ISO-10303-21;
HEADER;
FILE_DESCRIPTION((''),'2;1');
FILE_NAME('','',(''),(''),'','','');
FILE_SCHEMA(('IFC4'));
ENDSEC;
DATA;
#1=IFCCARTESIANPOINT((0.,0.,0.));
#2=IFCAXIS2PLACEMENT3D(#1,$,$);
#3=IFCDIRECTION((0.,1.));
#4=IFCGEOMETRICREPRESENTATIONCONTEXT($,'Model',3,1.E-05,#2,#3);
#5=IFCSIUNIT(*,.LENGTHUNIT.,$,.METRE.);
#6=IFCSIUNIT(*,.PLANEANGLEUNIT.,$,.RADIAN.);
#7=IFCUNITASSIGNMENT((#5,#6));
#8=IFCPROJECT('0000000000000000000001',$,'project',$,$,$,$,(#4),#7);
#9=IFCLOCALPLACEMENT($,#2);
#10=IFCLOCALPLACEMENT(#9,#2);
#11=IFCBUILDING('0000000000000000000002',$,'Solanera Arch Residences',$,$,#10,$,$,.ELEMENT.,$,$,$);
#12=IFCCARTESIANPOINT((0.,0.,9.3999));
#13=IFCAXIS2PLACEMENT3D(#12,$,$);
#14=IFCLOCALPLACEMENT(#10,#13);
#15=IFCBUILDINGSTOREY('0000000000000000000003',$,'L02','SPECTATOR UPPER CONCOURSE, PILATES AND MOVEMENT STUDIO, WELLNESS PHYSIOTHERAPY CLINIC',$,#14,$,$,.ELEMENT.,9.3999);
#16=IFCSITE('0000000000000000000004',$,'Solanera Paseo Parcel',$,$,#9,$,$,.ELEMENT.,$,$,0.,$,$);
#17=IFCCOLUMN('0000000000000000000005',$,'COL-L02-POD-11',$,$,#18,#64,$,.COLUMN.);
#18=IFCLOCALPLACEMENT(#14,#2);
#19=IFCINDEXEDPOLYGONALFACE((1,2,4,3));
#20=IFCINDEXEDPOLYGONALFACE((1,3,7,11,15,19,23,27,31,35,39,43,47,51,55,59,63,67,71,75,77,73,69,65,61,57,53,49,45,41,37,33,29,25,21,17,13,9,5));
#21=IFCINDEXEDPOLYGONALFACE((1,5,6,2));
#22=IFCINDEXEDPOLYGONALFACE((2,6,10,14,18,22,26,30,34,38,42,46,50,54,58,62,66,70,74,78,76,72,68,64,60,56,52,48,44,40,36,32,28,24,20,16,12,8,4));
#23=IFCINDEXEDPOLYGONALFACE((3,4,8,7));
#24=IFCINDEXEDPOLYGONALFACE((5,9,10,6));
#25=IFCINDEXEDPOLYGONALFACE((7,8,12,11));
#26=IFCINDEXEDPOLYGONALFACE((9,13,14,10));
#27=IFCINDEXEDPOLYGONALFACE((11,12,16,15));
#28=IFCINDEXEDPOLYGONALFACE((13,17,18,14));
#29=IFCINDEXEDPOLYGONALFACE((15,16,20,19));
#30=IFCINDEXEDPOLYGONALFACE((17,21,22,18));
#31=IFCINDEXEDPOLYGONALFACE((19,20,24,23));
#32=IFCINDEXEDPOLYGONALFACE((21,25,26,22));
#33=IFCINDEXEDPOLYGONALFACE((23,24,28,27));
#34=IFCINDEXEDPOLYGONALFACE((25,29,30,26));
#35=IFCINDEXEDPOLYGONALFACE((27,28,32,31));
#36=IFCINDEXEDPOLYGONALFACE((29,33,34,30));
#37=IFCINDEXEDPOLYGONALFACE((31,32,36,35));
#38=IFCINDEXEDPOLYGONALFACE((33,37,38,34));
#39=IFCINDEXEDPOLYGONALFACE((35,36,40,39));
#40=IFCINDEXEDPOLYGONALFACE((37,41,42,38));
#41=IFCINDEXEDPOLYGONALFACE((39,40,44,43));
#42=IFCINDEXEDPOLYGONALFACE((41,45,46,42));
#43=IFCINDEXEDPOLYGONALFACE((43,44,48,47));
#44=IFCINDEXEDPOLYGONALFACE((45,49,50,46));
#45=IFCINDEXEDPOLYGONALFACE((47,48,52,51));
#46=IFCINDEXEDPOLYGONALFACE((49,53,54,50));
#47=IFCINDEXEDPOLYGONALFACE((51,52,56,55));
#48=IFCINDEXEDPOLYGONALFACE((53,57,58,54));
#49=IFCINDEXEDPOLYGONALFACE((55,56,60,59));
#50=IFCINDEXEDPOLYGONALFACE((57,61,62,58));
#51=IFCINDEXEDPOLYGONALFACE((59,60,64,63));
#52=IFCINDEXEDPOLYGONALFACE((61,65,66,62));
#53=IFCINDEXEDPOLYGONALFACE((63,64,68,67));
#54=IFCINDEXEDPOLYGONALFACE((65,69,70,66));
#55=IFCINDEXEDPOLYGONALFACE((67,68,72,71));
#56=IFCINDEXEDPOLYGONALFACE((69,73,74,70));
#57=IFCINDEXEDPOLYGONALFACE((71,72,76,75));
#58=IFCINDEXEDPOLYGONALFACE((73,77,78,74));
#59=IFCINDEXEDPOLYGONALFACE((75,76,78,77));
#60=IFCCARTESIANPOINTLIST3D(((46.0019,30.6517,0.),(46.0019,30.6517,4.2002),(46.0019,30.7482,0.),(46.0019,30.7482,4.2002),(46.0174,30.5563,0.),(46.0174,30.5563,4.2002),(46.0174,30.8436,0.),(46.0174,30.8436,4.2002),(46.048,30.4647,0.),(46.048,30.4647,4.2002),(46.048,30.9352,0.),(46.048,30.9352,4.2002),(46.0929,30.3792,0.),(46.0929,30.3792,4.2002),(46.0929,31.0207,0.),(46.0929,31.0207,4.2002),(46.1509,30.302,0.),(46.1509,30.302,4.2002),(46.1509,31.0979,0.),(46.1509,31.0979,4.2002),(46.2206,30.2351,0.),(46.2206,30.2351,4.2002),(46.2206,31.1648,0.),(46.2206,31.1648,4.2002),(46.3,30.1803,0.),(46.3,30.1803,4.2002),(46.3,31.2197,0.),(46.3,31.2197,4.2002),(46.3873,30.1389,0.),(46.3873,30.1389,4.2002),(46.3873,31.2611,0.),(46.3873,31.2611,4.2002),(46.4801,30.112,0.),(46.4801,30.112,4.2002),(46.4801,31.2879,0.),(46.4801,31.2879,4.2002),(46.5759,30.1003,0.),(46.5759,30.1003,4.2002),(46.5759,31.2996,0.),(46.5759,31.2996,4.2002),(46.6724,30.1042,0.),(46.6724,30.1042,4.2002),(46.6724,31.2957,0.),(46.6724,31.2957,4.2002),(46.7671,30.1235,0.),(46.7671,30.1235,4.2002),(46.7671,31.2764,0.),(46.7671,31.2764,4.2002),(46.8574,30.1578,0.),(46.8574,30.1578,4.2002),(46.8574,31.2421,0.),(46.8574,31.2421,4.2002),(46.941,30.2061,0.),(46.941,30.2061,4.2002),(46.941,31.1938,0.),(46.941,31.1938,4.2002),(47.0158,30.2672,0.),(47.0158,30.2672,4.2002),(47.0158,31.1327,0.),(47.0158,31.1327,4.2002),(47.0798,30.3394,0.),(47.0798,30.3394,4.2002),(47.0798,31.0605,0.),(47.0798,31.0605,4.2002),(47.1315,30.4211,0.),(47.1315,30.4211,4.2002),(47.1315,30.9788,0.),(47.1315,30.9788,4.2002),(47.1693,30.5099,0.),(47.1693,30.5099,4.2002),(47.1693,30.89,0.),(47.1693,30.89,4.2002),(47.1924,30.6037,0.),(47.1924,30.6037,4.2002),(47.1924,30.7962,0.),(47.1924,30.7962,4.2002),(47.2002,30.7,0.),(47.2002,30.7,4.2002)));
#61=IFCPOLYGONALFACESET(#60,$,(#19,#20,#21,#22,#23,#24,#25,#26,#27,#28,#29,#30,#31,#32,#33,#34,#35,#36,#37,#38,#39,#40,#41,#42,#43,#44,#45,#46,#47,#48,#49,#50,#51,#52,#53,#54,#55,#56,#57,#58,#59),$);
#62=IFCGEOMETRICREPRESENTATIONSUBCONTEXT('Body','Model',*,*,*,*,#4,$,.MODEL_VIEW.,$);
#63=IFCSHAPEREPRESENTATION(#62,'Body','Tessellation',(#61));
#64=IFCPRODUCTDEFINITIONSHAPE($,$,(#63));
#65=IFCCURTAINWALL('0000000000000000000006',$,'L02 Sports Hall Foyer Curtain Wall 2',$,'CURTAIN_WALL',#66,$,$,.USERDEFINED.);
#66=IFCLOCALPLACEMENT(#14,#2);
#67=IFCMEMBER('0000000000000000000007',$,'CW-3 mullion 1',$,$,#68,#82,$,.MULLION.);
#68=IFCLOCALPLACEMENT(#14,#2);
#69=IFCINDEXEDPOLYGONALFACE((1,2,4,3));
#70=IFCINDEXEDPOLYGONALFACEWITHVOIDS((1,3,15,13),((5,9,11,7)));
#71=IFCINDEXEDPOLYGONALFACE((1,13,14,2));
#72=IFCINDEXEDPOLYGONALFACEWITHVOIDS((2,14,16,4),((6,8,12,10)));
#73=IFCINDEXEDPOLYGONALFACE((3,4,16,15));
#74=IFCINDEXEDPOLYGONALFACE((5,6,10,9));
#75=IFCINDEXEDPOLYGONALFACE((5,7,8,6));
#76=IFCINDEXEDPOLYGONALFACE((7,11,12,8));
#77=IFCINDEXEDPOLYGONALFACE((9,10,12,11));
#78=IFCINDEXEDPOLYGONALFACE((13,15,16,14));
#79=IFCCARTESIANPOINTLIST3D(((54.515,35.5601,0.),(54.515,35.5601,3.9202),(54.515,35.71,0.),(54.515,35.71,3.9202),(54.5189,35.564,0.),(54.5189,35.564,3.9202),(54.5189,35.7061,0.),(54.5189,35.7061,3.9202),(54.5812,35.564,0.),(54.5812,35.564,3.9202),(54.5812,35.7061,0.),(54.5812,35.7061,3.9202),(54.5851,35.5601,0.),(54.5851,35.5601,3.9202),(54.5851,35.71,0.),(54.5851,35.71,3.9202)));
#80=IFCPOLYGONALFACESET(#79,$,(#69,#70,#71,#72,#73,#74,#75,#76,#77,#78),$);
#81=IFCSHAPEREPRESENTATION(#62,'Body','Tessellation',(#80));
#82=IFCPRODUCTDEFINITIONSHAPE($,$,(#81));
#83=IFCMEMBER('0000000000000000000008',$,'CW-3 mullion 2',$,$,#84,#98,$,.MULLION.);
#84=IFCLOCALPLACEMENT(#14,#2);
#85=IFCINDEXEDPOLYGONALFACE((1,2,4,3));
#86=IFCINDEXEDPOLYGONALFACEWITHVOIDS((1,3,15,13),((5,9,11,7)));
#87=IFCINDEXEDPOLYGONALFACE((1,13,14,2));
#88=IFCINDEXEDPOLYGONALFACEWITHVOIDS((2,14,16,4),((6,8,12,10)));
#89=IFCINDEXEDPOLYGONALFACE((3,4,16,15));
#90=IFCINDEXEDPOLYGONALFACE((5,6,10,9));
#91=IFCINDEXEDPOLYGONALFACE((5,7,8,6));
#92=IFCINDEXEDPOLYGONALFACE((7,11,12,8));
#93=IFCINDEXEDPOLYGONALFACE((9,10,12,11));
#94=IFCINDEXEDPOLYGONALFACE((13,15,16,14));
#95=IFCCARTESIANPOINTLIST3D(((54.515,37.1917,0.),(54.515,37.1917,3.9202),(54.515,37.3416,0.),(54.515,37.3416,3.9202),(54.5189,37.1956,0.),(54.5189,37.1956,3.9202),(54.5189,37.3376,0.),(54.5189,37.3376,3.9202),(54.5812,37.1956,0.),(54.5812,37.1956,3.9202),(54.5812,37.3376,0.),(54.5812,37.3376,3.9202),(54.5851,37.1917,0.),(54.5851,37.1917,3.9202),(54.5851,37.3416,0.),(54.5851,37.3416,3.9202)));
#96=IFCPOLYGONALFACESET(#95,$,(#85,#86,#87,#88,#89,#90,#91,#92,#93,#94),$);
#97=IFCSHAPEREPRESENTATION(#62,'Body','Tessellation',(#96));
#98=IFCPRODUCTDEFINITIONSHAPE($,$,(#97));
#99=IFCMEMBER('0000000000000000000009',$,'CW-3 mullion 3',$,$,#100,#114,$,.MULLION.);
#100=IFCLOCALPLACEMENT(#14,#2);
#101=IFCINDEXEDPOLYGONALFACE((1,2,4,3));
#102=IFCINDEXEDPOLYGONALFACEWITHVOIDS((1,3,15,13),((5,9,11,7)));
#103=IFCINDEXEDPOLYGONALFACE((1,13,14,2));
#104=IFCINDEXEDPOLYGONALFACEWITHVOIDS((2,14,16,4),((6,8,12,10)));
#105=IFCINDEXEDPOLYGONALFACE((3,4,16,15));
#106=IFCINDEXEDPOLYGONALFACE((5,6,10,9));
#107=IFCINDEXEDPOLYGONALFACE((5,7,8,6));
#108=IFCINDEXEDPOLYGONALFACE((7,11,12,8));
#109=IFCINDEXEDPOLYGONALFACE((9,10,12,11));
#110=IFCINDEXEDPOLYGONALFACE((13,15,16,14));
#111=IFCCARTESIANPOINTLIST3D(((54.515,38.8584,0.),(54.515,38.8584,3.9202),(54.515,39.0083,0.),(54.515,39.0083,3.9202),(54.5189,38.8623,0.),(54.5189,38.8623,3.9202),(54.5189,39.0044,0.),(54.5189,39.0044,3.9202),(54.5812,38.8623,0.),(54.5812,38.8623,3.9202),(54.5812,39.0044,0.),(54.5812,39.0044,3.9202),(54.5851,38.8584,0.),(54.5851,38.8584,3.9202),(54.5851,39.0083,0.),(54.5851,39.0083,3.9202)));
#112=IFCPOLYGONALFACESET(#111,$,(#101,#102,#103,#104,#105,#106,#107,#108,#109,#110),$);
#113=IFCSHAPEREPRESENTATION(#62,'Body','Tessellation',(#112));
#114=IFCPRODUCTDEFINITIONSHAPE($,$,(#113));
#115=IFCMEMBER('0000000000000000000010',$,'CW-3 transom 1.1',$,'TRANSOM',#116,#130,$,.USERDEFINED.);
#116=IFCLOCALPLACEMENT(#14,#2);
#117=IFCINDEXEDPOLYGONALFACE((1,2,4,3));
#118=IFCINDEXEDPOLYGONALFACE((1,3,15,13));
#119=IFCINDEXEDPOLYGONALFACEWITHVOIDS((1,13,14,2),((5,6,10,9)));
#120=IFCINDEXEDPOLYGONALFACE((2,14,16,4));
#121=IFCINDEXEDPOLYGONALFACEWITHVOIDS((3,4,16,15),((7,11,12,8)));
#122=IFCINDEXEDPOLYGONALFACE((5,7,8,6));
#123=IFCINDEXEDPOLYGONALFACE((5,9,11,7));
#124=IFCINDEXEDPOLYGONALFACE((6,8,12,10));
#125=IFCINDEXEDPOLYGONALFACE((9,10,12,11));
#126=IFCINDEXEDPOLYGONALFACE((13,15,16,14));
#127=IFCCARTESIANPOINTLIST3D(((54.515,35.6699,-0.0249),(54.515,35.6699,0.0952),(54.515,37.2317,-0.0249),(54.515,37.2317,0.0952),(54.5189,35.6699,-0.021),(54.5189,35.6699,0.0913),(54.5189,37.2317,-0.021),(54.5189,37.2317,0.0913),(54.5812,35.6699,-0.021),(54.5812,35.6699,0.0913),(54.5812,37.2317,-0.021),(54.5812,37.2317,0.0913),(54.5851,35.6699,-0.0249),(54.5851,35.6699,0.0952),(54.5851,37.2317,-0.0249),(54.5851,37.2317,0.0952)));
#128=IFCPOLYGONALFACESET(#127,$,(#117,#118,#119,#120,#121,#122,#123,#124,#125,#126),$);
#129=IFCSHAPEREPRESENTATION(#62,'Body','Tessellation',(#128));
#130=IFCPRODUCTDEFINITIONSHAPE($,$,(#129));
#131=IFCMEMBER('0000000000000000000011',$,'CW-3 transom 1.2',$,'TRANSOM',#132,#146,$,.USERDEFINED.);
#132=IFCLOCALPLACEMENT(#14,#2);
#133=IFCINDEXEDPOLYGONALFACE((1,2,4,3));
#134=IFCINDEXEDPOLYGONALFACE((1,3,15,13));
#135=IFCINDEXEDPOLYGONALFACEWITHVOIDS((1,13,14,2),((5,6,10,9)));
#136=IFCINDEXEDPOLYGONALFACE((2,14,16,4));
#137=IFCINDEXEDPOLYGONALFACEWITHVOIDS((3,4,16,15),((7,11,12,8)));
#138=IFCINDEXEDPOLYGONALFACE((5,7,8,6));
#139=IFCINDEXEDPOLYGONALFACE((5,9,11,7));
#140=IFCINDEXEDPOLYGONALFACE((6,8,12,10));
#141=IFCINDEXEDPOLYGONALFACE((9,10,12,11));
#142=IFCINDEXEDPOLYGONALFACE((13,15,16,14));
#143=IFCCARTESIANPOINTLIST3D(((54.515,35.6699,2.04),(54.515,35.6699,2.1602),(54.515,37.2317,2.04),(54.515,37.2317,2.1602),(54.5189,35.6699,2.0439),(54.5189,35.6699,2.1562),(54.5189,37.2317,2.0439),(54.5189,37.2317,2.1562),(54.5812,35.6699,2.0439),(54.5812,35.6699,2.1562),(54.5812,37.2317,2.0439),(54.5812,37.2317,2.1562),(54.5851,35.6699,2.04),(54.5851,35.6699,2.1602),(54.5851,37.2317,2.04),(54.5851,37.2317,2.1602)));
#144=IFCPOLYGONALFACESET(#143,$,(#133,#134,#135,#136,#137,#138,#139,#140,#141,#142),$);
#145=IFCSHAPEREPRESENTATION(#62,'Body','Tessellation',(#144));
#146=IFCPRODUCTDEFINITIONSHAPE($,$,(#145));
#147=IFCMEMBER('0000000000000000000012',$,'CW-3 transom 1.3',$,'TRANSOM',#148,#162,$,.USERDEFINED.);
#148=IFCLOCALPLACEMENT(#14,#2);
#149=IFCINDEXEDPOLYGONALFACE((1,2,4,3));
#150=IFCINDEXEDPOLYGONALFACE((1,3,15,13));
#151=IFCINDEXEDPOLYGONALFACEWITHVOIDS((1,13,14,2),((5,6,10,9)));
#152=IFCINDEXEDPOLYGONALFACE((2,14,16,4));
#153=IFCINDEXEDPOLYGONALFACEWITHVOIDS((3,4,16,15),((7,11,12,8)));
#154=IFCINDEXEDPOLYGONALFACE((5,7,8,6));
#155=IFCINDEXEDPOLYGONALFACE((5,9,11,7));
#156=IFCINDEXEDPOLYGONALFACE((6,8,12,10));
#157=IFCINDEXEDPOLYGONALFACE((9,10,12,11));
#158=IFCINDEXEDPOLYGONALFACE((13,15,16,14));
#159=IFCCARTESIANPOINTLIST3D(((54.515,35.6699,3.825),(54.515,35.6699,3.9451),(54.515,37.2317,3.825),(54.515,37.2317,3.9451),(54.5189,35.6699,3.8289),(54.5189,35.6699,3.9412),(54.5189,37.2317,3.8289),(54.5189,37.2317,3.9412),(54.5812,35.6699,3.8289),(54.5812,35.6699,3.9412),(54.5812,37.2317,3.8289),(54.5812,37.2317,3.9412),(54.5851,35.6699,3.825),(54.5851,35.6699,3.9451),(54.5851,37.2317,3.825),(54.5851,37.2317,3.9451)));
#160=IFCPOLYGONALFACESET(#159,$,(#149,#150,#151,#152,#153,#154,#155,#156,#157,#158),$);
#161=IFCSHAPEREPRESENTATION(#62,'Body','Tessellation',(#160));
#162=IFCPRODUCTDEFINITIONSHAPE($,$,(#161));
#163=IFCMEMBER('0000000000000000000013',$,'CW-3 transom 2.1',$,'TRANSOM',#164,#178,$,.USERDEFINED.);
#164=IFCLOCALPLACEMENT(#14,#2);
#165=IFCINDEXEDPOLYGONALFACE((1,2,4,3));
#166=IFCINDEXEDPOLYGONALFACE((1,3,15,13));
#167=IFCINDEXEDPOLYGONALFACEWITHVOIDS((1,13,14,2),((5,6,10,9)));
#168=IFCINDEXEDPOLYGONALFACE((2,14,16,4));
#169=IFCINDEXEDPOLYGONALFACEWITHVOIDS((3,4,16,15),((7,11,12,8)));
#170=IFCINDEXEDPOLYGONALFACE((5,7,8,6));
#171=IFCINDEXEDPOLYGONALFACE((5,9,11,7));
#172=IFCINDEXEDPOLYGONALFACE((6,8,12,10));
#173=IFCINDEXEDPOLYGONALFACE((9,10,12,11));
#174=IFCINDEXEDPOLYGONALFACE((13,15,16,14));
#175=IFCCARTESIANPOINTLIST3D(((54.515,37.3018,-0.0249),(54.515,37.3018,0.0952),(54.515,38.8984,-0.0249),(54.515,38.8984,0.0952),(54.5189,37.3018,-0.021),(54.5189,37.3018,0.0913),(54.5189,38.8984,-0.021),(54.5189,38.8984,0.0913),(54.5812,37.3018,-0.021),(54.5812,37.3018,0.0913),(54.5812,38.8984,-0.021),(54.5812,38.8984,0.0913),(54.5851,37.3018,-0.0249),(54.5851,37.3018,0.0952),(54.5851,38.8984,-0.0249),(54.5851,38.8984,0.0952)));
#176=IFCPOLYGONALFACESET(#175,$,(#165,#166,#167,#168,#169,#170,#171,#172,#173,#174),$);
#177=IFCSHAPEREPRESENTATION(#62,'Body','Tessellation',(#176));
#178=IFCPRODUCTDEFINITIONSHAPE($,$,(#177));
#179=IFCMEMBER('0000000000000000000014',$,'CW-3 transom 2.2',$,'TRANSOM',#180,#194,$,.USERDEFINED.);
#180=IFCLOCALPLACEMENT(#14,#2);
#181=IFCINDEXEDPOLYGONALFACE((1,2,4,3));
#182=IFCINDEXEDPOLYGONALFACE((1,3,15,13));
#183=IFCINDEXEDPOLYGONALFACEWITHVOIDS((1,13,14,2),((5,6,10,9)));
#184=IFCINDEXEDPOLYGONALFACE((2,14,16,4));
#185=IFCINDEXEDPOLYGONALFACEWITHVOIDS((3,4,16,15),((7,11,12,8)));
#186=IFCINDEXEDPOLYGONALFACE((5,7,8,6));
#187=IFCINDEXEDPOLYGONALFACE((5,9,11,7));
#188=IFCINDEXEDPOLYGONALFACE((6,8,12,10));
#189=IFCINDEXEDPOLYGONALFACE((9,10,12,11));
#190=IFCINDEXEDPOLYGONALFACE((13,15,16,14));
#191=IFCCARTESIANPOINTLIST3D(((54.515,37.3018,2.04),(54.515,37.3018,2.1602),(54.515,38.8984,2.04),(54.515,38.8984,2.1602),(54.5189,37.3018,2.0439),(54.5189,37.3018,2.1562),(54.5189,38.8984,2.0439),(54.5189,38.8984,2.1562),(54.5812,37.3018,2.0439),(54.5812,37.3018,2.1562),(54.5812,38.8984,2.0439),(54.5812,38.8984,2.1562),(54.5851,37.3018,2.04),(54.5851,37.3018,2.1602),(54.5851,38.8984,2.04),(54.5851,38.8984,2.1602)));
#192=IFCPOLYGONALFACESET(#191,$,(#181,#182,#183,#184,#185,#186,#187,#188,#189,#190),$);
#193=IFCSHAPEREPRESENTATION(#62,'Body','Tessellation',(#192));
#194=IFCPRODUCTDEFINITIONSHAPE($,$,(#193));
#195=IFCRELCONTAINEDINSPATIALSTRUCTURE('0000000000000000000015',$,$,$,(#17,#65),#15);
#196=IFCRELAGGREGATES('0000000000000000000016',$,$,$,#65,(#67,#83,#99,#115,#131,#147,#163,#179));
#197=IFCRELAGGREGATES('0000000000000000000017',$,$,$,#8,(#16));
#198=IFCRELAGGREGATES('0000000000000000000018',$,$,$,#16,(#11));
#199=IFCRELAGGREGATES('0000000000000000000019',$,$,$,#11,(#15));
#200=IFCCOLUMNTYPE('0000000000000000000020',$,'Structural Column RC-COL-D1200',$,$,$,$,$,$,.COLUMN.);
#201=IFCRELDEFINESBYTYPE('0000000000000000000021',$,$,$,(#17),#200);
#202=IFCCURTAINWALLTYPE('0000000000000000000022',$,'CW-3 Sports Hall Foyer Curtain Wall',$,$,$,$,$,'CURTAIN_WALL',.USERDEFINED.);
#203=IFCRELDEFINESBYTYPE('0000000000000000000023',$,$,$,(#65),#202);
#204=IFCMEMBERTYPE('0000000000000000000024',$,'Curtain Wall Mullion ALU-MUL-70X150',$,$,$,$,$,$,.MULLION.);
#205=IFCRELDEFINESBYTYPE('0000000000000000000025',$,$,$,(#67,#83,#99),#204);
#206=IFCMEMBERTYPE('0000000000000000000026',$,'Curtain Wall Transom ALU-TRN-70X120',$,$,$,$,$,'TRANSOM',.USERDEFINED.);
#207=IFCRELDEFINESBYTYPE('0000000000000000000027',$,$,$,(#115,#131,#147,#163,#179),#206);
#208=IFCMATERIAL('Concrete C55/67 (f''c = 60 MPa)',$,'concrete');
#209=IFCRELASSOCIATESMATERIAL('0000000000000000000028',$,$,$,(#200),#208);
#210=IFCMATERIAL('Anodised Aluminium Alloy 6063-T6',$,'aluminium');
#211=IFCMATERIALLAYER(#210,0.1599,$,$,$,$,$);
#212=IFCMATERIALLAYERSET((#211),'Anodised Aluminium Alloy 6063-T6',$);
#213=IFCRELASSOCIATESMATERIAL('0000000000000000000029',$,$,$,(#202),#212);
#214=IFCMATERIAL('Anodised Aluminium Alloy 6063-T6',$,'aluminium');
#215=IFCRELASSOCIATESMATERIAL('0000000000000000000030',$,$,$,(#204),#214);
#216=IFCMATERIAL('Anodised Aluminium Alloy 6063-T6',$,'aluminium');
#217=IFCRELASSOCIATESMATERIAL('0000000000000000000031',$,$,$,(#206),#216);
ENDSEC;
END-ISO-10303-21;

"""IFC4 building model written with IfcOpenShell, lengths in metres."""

from ifc_helpers import new_model, si_unit, direction, frame, origin, origin_2d, place, context, subcontext, project, spatial, hollow_rectangle, circle, extrude, material, layer, layer_set, material_profile, profile_set, type_object, element, aggregate, save


model = new_model("IFC4")

# Units and contexts
model_context = context("Model", 3, precision=1e-05, world=origin(), true_north=direction((0.0, 1.0)))
body_context = subcontext(model_context, "Body", "Model", "MODEL_VIEW")
ifc_project = project(units=[si_unit("LENGTHUNIT", "METRE"), si_unit("PLANEANGLEUNIT", "RADIAN")], contexts=[model_context])

# Site, building, storey
site_placement = place(None, origin())
site = spatial("IfcSite", under=ifc_project, at=site_placement, Name="Solanera Paseo Parcel", CompositionType="ELEMENT", RefElevation=0.0)
building_placement = place(site_placement, origin())
building = spatial("IfcBuilding", under=site, at=building_placement, Name="Solanera Arch Residences", CompositionType="ELEMENT")
storey_placement = place(building_placement, frame((0.0, 0.0, 9.3999)))
storey = spatial("IfcBuildingStorey", under=building, at=storey_placement, Name="L02", Description="SPECTATOR UPPER CONCOURSE, PILATES AND MOVEMENT STUDIO, WELLNESS PHYSIOTHERAPY CLINIC", CompositionType="ELEMENT", Elevation=9.3999)

# Column
ifc_material_1 = material(Name="Concrete C55/67 (f'c = 60 MPa)", Category="concrete")
ifc_material_profile_1 = material_profile(ifc_material_1, circle(Radius=0.6001, at=origin_2d()))
ifc_profile_set_1 = profile_set([ifc_material_profile_1], Name="Concrete C55/67 (f'c = 60 MPa)")
column_type = type_object("IfcColumnType", Name="Structural Column RC-COL-D1200", PredefinedType="COLUMN", material=ifc_profile_set_1)
column_placement = place(storey_placement, frame((46.6001, 30.7, 0.0), z_axis=(0.0, 0.0, 1.0), x_axis=(1.0, 0.0, 0.0)))
element("IfcColumn", 1, at=column_placement, inside=storey, type_object=column_type, Name="COL-L02-POD-11", PredefinedType="COLUMN", context=body_context, shape_type="SweptSolid", body=[
    extrude(circle(Radius=0.6001, at=origin_2d()), origin(), (0.0, 0.0, 1.0), 4.2002),
])

# Curtain wall, members
ifc_material_2 = material(Name="Anodised Aluminium Alloy 6063-T6", Category="aluminium")
ifc_layer_1 = layer(ifc_material_2, 0.1599)
ifc_layer_set_1 = layer_set([ifc_layer_1], Name="Anodised Aluminium Alloy 6063-T6")
curtain_wall_type = type_object("IfcCurtainWallType", Name="CW-3 Sports Hall Foyer Curtain Wall", ElementType="CURTAIN_WALL", PredefinedType="USERDEFINED", material=ifc_layer_set_1)
curtain_wall_placement = place(storey_placement, origin())
curtain_wall = element("IfcCurtainWall", 2, at=curtain_wall_placement, inside=storey, type_object=curtain_wall_type, Name="L02 Sports Hall Foyer Curtain Wall 2", ObjectType="CURTAIN_WALL", PredefinedType="USERDEFINED")
ifc_material_3 = material(Name="Anodised Aluminium Alloy 6063-T6", Category="aluminium")
ifc_material_profile_2 = material_profile(ifc_material_3, hollow_rectangle(XDim=0.0701, YDim=0.1499, WallThickness=0.0039, at=origin_2d()))
ifc_profile_set_2 = profile_set([ifc_material_profile_2], Name="Anodised Aluminium Alloy 6063-T6")
member_type_1 = type_object("IfcMemberType", Name="Curtain Wall Mullion ALU-MUL-70X150", PredefinedType="MULLION", material=ifc_profile_set_2)
member_1_placement = place(storey_placement, frame((54.55, 35.635, 0.0), z_axis=(0.0, 0.0, 1.0), x_axis=(-1.0, 0.0, 0.0)))
member_1 = element("IfcMember", 3, at=member_1_placement, type_object=member_type_1, Name="CW-3 mullion 1", PredefinedType="MULLION", context=body_context, shape_type="SweptSolid", body=[
    extrude(hollow_rectangle(XDim=0.0701, YDim=0.1499, WallThickness=0.0039, at=origin_2d()), origin(), (0.0, 0.0, 1.0), 3.9202),
])
member_2_placement = place(storey_placement, frame((54.55, 37.2666, 0.0), z_axis=(0.0, 0.0, 1.0), x_axis=(-1.0, 0.0, 0.0)))
member_2 = element("IfcMember", 4, at=member_2_placement, type_object=member_type_1, Name="CW-3 mullion 2", PredefinedType="MULLION", context=body_context, shape_type="SweptSolid", body=[
    extrude(hollow_rectangle(XDim=0.0701, YDim=0.1499, WallThickness=0.0039, at=origin_2d()), origin(), (0.0, 0.0, 1.0), 3.9202),
])
member_3_placement = place(storey_placement, frame((54.55, 38.9333, 0.0), z_axis=(0.0, 0.0, 1.0), x_axis=(-1.0, 0.0, 0.0)))
member_3 = element("IfcMember", 5, at=member_3_placement, type_object=member_type_1, Name="CW-3 mullion 3", PredefinedType="MULLION", context=body_context, shape_type="SweptSolid", body=[
    extrude(hollow_rectangle(XDim=0.0701, YDim=0.1499, WallThickness=0.0039, at=origin_2d()), origin(), (0.0, 0.0, 1.0), 3.9202),
])
ifc_material_4 = material(Name="Anodised Aluminium Alloy 6063-T6", Category="aluminium")
ifc_material_profile_3 = material_profile(ifc_material_4, hollow_rectangle(XDim=0.0701, YDim=0.1201, WallThickness=0.0039, at=origin_2d()))
ifc_profile_set_3 = profile_set([ifc_material_profile_3], Name="Anodised Aluminium Alloy 6063-T6")
member_type_2 = type_object("IfcMemberType", Name="Curtain Wall Transom ALU-TRN-70X120", ElementType="TRANSOM", PredefinedType="USERDEFINED", material=ifc_profile_set_3)
member_4_placement = place(storey_placement, frame((54.55, 35.6699, 0.0352), z_axis=(0.0, 1.0, 0.0), x_axis=(-1.0, 0.0, 0.0)))
member_4 = element("IfcMember", 6, at=member_4_placement, type_object=member_type_2, Name="CW-3 transom 1.1", ObjectType="TRANSOM", PredefinedType="USERDEFINED", context=body_context, shape_type="SweptSolid", body=[
    extrude(hollow_rectangle(XDim=0.0701, YDim=0.1201, WallThickness=0.0039, at=origin_2d()), origin(), (0.0, 0.0, 1.0), 1.5618),
])
member_5_placement = place(storey_placement, frame((54.55, 35.6699, 2.1001), z_axis=(0.0, 1.0, 0.0), x_axis=(-1.0, 0.0, 0.0)))
member_5 = element("IfcMember", 7, at=member_5_placement, type_object=member_type_2, Name="CW-3 transom 1.2", ObjectType="TRANSOM", PredefinedType="USERDEFINED", context=body_context, shape_type="SweptSolid", body=[
    extrude(hollow_rectangle(XDim=0.0701, YDim=0.1201, WallThickness=0.0039, at=origin_2d()), origin(), (0.0, 0.0, 1.0), 1.5618),
])
member_6_placement = place(storey_placement, frame((54.55, 35.6699, 3.885), z_axis=(0.0, 1.0, 0.0), x_axis=(-1.0, 0.0, 0.0)))
member_6 = element("IfcMember", 8, at=member_6_placement, type_object=member_type_2, Name="CW-3 transom 1.3", ObjectType="TRANSOM", PredefinedType="USERDEFINED", context=body_context, shape_type="SweptSolid", body=[
    extrude(hollow_rectangle(XDim=0.0701, YDim=0.1201, WallThickness=0.0039, at=origin_2d()), origin(), (0.0, 0.0, 1.0), 1.5618),
])
member_7_placement = place(storey_placement, frame((54.55, 37.3018, 0.0352), z_axis=(0.0, 1.0, 0.0), x_axis=(-1.0, 0.0, 0.0)))
member_7 = element("IfcMember", 9, at=member_7_placement, type_object=member_type_2, Name="CW-3 transom 2.1", ObjectType="TRANSOM", PredefinedType="USERDEFINED", context=body_context, shape_type="SweptSolid", body=[
    extrude(hollow_rectangle(XDim=0.0701, YDim=0.1201, WallThickness=0.0039, at=origin_2d()), origin(), (0.0, 0.0, 1.0), 1.5967),
])
member_8_placement = place(storey_placement, frame((54.55, 37.3018, 2.1001), z_axis=(0.0, 1.0, 0.0), x_axis=(-1.0, 0.0, 0.0)))
member_8 = element("IfcMember", 10, at=member_8_placement, type_object=member_type_2, Name="CW-3 transom 2.2", ObjectType="TRANSOM", PredefinedType="USERDEFINED", context=body_context, shape_type="SweptSolid", body=[
    extrude(hollow_rectangle(XDim=0.0701, YDim=0.1201, WallThickness=0.0039, at=origin_2d()), origin(), (0.0, 0.0, 1.0), 1.5967),
])

aggregate(curtain_wall, [member_1, member_2, member_3, member_4, member_5, member_6, member_7, member_8])

save(model, "model.ifc")
